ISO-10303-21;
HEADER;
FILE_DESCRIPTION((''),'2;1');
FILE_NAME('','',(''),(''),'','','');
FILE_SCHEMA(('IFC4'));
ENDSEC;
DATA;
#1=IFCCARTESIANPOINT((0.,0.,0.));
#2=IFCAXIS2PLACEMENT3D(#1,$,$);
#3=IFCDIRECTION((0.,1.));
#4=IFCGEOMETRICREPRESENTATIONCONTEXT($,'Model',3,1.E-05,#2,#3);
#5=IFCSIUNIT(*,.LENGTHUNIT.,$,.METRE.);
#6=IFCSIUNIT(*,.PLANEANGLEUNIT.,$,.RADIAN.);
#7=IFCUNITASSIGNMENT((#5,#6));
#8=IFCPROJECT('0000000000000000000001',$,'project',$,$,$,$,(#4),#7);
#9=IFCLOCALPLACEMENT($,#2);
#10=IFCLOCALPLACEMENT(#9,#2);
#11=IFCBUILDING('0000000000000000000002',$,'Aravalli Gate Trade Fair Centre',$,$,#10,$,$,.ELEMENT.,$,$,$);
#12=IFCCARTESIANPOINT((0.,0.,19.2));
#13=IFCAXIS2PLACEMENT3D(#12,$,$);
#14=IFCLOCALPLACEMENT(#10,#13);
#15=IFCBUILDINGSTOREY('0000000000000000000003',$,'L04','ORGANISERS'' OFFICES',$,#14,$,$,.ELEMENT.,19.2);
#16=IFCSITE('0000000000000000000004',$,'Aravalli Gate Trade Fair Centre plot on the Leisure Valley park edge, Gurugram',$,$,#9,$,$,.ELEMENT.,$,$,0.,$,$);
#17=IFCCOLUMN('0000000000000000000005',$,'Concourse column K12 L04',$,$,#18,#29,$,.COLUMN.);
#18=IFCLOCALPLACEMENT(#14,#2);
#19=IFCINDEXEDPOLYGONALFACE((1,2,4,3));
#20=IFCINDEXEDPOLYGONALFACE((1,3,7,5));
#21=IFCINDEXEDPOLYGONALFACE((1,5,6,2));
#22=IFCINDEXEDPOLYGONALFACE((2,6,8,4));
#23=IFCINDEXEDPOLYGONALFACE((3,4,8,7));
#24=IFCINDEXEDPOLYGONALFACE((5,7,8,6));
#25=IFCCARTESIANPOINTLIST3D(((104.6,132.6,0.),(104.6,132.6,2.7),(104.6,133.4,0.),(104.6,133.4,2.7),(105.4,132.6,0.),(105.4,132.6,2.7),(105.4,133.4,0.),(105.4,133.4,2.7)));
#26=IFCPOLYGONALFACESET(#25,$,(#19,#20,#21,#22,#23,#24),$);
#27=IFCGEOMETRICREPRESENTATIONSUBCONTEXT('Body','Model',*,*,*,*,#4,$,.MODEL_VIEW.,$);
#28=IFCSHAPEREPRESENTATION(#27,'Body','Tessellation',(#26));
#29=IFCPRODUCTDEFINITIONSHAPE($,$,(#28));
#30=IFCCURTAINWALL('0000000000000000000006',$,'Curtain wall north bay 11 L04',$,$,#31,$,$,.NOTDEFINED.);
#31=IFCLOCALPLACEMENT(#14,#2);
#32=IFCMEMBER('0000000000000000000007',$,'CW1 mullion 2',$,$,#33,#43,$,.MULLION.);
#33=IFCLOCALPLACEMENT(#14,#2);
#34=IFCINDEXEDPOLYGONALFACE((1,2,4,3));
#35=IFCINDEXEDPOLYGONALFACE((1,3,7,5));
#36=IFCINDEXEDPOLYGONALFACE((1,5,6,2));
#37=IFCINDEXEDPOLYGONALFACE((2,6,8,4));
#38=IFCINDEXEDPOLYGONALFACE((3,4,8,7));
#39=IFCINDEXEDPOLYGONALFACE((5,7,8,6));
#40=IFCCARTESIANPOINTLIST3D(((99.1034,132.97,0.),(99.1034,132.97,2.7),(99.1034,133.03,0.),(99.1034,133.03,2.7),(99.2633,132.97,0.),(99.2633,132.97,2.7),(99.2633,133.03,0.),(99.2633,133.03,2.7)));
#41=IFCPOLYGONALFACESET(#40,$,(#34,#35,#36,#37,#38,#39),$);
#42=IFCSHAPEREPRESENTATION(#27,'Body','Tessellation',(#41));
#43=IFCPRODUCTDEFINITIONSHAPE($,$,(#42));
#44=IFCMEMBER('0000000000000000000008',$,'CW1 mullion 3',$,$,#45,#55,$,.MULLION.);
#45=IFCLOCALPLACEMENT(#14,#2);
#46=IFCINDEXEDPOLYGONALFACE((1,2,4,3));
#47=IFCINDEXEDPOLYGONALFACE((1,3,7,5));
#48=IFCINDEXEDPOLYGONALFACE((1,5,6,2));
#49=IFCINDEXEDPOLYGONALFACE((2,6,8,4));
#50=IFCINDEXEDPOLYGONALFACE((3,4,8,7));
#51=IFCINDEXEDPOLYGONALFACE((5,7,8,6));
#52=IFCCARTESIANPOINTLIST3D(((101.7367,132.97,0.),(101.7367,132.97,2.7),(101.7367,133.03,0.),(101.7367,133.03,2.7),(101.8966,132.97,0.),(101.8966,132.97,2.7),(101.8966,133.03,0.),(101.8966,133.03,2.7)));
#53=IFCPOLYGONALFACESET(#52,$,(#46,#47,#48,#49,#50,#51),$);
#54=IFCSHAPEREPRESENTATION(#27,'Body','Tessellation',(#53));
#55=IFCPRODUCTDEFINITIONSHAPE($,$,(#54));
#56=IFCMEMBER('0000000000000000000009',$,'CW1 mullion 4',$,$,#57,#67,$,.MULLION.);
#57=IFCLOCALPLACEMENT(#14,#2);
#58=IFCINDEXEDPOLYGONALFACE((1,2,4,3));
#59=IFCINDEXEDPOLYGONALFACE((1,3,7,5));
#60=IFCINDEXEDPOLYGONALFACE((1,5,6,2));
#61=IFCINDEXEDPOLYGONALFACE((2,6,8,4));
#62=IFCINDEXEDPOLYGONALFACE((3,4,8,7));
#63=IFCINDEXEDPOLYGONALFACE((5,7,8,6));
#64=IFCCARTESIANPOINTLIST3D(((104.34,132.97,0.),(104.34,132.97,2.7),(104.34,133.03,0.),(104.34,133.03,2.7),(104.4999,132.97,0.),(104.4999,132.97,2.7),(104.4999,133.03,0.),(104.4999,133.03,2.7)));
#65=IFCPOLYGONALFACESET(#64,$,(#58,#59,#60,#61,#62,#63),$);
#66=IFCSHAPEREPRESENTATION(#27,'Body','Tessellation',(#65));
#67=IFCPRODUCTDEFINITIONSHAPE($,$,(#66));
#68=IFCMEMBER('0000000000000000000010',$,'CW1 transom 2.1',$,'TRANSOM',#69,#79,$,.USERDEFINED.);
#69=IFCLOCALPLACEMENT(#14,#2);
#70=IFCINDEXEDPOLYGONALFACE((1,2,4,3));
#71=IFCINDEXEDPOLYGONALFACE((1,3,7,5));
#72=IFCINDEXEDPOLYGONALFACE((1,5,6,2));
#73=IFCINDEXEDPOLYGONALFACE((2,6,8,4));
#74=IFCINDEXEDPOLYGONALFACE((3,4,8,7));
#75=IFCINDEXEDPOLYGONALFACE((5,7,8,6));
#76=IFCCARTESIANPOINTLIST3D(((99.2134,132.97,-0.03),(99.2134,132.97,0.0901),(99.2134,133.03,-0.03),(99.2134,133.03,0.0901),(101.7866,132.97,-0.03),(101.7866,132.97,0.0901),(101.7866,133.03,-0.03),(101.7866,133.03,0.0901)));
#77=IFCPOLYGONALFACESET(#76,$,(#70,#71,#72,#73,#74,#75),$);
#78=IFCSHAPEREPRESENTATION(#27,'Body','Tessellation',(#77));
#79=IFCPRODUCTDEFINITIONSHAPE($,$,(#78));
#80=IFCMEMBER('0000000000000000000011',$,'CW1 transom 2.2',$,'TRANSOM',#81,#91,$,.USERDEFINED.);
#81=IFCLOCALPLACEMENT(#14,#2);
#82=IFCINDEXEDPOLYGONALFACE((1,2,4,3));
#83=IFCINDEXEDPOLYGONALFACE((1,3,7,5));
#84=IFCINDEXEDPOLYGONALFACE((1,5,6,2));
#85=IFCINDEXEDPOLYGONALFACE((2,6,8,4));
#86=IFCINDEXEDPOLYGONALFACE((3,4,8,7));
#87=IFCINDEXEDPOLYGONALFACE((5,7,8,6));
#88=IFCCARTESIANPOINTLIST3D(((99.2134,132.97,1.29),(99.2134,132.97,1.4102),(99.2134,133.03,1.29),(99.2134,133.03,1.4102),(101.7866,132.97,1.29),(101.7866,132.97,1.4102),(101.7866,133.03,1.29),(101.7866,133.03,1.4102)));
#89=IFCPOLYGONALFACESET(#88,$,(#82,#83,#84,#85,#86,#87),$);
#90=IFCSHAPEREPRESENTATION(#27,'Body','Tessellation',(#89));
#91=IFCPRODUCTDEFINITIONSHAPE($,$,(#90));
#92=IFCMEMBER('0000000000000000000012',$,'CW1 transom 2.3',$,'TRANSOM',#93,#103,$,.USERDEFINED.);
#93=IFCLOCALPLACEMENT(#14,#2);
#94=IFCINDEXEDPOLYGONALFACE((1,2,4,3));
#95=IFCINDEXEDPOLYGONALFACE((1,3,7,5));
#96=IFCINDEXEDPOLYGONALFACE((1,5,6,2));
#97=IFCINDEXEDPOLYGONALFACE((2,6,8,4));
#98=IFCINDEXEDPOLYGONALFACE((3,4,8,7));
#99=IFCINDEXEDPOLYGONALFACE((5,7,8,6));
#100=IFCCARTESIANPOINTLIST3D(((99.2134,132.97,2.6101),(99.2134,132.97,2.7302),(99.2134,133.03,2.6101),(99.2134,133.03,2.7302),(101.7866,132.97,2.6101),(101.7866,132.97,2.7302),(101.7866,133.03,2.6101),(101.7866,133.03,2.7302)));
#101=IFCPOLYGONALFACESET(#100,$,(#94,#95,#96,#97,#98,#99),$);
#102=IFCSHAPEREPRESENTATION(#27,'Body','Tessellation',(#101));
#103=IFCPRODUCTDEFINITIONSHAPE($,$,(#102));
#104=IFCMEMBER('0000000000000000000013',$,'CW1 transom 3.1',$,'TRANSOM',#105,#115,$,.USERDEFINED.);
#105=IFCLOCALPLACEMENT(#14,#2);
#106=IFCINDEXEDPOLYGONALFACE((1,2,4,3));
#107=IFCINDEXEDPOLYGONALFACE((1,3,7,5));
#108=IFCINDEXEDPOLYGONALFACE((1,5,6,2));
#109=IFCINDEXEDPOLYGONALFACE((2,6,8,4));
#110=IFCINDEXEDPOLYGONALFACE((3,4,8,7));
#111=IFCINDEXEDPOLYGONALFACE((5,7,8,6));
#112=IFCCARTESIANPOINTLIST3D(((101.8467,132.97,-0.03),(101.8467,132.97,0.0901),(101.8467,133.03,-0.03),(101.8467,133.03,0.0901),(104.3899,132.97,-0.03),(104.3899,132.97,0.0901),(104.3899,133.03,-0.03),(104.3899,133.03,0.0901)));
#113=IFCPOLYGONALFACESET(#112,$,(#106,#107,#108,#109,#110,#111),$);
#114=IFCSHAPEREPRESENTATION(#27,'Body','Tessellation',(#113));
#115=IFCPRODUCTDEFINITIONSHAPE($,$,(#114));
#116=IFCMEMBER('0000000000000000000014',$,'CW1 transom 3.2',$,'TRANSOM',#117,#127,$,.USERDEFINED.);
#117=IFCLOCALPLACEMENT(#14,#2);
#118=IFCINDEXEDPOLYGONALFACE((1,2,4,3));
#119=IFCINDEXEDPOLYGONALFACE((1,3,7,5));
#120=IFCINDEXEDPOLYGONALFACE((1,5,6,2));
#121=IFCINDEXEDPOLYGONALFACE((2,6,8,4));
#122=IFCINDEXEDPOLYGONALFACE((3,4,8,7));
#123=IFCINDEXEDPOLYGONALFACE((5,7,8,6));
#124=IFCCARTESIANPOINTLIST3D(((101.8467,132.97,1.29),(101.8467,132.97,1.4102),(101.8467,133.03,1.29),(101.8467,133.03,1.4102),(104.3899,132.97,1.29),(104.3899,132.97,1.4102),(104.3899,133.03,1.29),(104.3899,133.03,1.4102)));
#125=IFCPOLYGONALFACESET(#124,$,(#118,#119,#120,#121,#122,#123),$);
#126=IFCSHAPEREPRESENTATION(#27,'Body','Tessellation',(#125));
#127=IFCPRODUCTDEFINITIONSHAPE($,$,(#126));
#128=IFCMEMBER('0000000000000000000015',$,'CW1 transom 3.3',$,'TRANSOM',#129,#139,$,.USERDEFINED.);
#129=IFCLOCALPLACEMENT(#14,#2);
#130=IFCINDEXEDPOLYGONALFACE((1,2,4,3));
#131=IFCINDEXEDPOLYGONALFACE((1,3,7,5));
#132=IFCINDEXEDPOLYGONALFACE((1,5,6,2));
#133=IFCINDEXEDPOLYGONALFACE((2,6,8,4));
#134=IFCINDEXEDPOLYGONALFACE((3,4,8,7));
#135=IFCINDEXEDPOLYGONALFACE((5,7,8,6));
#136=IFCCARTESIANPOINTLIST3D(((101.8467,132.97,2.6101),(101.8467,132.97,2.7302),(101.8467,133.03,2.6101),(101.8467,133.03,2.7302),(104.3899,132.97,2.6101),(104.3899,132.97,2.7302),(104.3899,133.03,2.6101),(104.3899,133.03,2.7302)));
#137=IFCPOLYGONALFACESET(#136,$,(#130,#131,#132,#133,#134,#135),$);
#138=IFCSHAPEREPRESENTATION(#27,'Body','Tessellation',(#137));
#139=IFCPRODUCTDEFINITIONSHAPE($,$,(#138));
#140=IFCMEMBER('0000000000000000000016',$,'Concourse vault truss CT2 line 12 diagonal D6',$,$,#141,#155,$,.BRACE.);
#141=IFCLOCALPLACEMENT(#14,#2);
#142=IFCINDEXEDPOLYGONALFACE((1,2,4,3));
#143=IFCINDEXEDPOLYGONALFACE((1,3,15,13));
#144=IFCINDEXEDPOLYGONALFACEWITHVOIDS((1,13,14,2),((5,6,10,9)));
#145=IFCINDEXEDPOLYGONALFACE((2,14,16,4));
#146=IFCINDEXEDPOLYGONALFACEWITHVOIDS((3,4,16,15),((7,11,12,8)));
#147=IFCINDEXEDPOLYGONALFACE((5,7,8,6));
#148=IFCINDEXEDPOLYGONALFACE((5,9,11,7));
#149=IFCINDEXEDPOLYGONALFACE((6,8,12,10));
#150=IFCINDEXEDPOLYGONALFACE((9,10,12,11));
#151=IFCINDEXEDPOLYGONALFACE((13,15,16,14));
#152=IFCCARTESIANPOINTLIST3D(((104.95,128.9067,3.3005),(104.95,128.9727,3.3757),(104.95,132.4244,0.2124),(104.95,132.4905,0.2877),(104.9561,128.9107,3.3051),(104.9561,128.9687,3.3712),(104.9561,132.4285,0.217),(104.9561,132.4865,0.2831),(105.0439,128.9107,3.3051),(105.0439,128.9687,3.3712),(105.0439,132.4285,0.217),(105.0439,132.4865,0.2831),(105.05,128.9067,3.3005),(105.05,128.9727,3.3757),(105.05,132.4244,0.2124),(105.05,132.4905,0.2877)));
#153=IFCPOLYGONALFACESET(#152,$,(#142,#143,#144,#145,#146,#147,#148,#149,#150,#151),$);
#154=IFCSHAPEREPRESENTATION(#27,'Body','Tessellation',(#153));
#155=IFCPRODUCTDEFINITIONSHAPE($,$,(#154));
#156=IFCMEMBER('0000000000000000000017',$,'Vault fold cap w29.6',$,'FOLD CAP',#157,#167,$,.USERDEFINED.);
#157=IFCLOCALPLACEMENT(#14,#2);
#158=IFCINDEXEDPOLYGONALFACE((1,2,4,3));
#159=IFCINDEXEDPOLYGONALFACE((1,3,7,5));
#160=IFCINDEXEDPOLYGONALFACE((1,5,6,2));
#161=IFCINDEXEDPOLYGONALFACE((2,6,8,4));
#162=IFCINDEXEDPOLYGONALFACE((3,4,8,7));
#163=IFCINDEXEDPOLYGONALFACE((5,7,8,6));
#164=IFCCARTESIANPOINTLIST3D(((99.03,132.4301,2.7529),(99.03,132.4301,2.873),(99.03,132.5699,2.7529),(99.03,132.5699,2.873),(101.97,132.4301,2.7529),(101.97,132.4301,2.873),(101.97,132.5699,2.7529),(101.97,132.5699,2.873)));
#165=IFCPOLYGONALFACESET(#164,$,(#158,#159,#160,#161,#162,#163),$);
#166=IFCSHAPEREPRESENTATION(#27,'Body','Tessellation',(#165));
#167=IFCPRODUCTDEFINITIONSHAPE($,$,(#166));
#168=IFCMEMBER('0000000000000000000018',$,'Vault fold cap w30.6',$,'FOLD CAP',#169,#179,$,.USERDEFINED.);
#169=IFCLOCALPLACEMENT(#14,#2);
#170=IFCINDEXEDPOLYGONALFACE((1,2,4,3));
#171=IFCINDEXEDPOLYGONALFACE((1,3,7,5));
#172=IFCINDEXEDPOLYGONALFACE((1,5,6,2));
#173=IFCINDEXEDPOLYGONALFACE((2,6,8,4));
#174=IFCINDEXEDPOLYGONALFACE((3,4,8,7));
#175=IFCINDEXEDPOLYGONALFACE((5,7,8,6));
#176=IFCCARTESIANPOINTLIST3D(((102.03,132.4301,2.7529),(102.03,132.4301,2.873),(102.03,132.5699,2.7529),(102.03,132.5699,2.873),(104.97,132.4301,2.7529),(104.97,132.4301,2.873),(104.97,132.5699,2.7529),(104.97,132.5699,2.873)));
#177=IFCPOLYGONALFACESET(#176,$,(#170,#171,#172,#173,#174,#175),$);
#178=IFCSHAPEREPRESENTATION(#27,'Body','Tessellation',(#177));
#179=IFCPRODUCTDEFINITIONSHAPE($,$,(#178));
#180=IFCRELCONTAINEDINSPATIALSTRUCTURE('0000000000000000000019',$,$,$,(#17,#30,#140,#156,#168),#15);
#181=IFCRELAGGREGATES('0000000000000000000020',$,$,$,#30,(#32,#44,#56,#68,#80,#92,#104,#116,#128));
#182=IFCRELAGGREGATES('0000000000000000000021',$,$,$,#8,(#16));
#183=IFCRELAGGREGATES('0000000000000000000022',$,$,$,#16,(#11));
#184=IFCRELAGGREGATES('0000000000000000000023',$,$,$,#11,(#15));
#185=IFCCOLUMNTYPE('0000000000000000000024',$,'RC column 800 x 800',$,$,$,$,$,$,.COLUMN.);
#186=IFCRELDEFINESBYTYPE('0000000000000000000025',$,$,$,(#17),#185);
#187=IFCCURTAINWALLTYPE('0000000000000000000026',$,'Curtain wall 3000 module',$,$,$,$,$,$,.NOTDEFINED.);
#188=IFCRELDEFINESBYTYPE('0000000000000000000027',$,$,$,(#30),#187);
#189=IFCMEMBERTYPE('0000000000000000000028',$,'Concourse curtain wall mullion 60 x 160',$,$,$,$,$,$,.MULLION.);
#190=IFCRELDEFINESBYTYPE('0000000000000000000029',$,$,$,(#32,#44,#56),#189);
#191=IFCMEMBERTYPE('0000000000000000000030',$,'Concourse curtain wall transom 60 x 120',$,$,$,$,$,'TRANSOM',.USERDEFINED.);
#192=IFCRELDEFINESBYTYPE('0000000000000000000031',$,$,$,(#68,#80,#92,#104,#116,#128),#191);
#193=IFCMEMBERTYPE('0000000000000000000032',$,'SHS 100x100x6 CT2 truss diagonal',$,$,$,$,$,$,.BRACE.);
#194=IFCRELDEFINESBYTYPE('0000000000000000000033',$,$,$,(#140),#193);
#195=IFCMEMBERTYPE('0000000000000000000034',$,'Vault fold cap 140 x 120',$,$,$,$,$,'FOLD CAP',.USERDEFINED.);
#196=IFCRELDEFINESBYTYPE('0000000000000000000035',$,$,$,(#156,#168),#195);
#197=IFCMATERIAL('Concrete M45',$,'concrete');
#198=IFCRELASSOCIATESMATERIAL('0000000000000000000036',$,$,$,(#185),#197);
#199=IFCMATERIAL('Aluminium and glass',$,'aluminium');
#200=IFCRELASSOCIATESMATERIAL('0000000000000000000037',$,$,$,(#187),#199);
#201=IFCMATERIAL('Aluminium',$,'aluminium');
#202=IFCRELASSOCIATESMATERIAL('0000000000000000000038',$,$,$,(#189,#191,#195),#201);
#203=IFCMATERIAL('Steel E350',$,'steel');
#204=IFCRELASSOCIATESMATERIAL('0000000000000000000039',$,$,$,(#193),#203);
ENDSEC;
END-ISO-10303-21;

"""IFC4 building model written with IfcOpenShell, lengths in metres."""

from ifc_helpers import new_model, si_unit, direction, frame, origin, origin_2d, place, context, subcontext, project, spatial, rectangle, hollow_rectangle, extrude, material, material_profile, profile_set, type_object, element, aggregate, save


model = new_model("IFC4")

# Units and contexts
model_context = context("Model", 3, precision=1e-05, world=origin(), true_north=direction((0.0, 1.0)))
body_context = subcontext(model_context, "Body", "Model", "MODEL_VIEW")
ifc_project = project(units=[si_unit("LENGTHUNIT", "METRE"), si_unit("PLANEANGLEUNIT", "RADIAN")], contexts=[model_context])

# Site, building, storey
site_placement = place(None, origin())
site = spatial("IfcSite", under=ifc_project, at=site_placement, Name="Aravalli Gate Trade Fair Centre plot on the Leisure Valley park edge, Gurugram", CompositionType="ELEMENT", RefElevation=0.0)
building_placement = place(site_placement, origin())
building = spatial("IfcBuilding", under=site, at=building_placement, Name="Aravalli Gate Trade Fair Centre", CompositionType="ELEMENT")
storey_placement = place(building_placement, frame((0.0, 0.0, 19.2)))
storey = spatial("IfcBuildingStorey", under=building, at=storey_placement, Name="L04", Description="ORGANISERS' OFFICES", CompositionType="ELEMENT", Elevation=19.2)

# Column
ifc_material_1 = material(Name="Concrete M45", Category="concrete")
ifc_material_profile_1 = material_profile(ifc_material_1, rectangle(XDim=0.8, YDim=0.8, at=origin_2d()), Name="RC column 800 x 800")
ifc_profile_set_1 = profile_set([ifc_material_profile_1], Name="Concrete M45")
column_type = type_object("IfcColumnType", Name="RC column 800 x 800", PredefinedType="COLUMN", material=ifc_profile_set_1)
column_placement = place(storey_placement, frame((105.0, 133.0, 0.0), z_axis=(0.0, 0.0, 1.0), x_axis=(1.0, 0.0, 0.0)))
element("IfcColumn", 1, at=column_placement, inside=storey, type_object=column_type, Name="Concourse column K12 L04", PredefinedType="COLUMN", context=body_context, shape_type="SweptSolid", body=[
    extrude(rectangle(XDim=0.8, YDim=0.8, at=origin_2d()), origin(), (0.0, 0.0, 1.0), 2.7),
])

# Curtain wall, members
ifc_material_2 = material(Name="Aluminium and glass", Category="aluminium")
curtain_wall_type_1 = type_object("IfcCurtainWallType", Name="Curtain wall 3000 module", PredefinedType="NOTDEFINED", material=ifc_material_2)
curtain_wall_1_placement = place(storey_placement, origin())
curtain_wall_1 = element("IfcCurtainWall", 2, at=curtain_wall_1_placement, inside=storey, type_object=curtain_wall_type_1, Name="Curtain wall north bay 11 L04", PredefinedType="NOTDEFINED")
ifc_material_3 = material(Name="Aluminium", Category="aluminium")
ifc_material_profile_2 = material_profile(ifc_material_3, rectangle(XDim=0.0601, YDim=0.1599, at=origin_2d()), Name="Concourse curtain wall mullion 60 x 160")
ifc_profile_set_2 = profile_set([ifc_material_profile_2], Name="Aluminium")
member_type_1 = type_object("IfcMemberType", Name="Concourse curtain wall mullion 60 x 160", PredefinedType="MULLION", material=ifc_profile_set_2)
member_1_placement = place(storey_placement, frame((99.1833, 133.0, 0.0), z_axis=(0.0, 0.0, 1.0), x_axis=(0.0, 1.0, 0.0)))
member_1 = element("IfcMember", 3, at=member_1_placement, type_object=member_type_1, Name="CW1 mullion 2", PredefinedType="MULLION", context=body_context, shape_type="SweptSolid", body=[
    extrude(rectangle(XDim=0.0601, YDim=0.1599, at=origin_2d()), origin(), (0.0, 0.0, 1.0), 2.7),
])
member_2_placement = place(storey_placement, frame((101.8167, 133.0, 0.0), z_axis=(0.0, 0.0, 1.0), x_axis=(0.0, 1.0, 0.0)))
member_2 = element("IfcMember", 4, at=member_2_placement, type_object=member_type_1, Name="CW1 mullion 3", PredefinedType="MULLION", context=body_context, shape_type="SweptSolid", body=[
    extrude(rectangle(XDim=0.0601, YDim=0.1599, at=origin_2d()), origin(), (0.0, 0.0, 1.0), 2.7),
])
member_3_placement = place(storey_placement, frame((104.4199, 133.0, 0.0), z_axis=(0.0, 0.0, 1.0), x_axis=(0.0, 1.0, 0.0)))
member_3 = element("IfcMember", 5, at=member_3_placement, type_object=member_type_1, Name="CW1 mullion 4", PredefinedType="MULLION", context=body_context, shape_type="SweptSolid", body=[
    extrude(rectangle(XDim=0.0601, YDim=0.1599, at=origin_2d()), origin(), (0.0, 0.0, 1.0), 2.7),
])
ifc_material_profile_3 = material_profile(ifc_material_3, rectangle(XDim=0.0601, YDim=0.1201, at=origin_2d()), Name="Concourse curtain wall transom 60 x 120")
ifc_profile_set_3 = profile_set([ifc_material_profile_3], Name="Aluminium")
member_type_2 = type_object("IfcMemberType", Name="Concourse curtain wall transom 60 x 120", ElementType="TRANSOM", PredefinedType="USERDEFINED", material=ifc_profile_set_3)
member_4_placement = place(storey_placement, frame((99.2134, 133.0, 0.03), z_axis=(1.0, 0.0, 0.0), x_axis=(0.0, 1.0, 0.0)))
member_4 = element("IfcMember", 6, at=member_4_placement, type_object=member_type_2, Name="CW1 transom 2.1", ObjectType="TRANSOM", PredefinedType="USERDEFINED", context=body_context, shape_type="SweptSolid", body=[
    extrude(rectangle(XDim=0.0601, YDim=0.1201, at=origin_2d()), origin(), (0.0, 0.0, 1.0), 2.5732),
])
member_5_placement = place(storey_placement, frame((99.2134, 133.0, 1.3501), z_axis=(1.0, 0.0, 0.0), x_axis=(0.0, 1.0, 0.0)))
member_5 = element("IfcMember", 7, at=member_5_placement, type_object=member_type_2, Name="CW1 transom 2.2", ObjectType="TRANSOM", PredefinedType="USERDEFINED", context=body_context, shape_type="SweptSolid", body=[
    extrude(rectangle(XDim=0.0601, YDim=0.1201, at=origin_2d()), origin(), (0.0, 0.0, 1.0), 2.5732),
])
member_6_placement = place(storey_placement, frame((99.2134, 133.0, 2.6702), z_axis=(1.0, 0.0, 0.0), x_axis=(0.0, 1.0, 0.0)))
member_6 = element("IfcMember", 8, at=member_6_placement, type_object=member_type_2, Name="CW1 transom 2.3", ObjectType="TRANSOM", PredefinedType="USERDEFINED", context=body_context, shape_type="SweptSolid", body=[
    extrude(rectangle(XDim=0.0601, YDim=0.1201, at=origin_2d()), origin(), (0.0, 0.0, 1.0), 2.5732),
])
member_7_placement = place(storey_placement, frame((101.8467, 133.0, 0.03), z_axis=(1.0, 0.0, 0.0), x_axis=(0.0, 1.0, 0.0)))
member_7 = element("IfcMember", 9, at=member_7_placement, type_object=member_type_2, Name="CW1 transom 3.1", ObjectType="TRANSOM", PredefinedType="USERDEFINED", context=body_context, shape_type="SweptSolid", body=[
    extrude(rectangle(XDim=0.0601, YDim=0.1201, at=origin_2d()), origin(), (0.0, 0.0, 1.0), 2.5432),
])
member_8_placement = place(storey_placement, frame((101.8467, 133.0, 1.3501), z_axis=(1.0, 0.0, 0.0), x_axis=(0.0, 1.0, 0.0)))
member_8 = element("IfcMember", 10, at=member_8_placement, type_object=member_type_2, Name="CW1 transom 3.2", ObjectType="TRANSOM", PredefinedType="USERDEFINED", context=body_context, shape_type="SweptSolid", body=[
    extrude(rectangle(XDim=0.0601, YDim=0.1201, at=origin_2d()), origin(), (0.0, 0.0, 1.0), 2.5432),
])
member_9_placement = place(storey_placement, frame((101.8467, 133.0, 2.6702), z_axis=(1.0, 0.0, 0.0), x_axis=(0.0, 1.0, 0.0)))
member_9 = element("IfcMember", 11, at=member_9_placement, type_object=member_type_2, Name="CW1 transom 3.3", ObjectType="TRANSOM", PredefinedType="USERDEFINED", context=body_context, shape_type="SweptSolid", body=[
    extrude(rectangle(XDim=0.0601, YDim=0.1201, at=origin_2d()), origin(), (0.0, 0.0, 1.0), 2.5432),
])

# Members
ifc_material_4 = material(Name="Steel E350", Category="steel")
ifc_material_profile_4 = material_profile(ifc_material_4, hollow_rectangle(XDim=0.1001, YDim=0.1001, WallThickness=0.0061, at=origin_2d()), Name="SHS 100x100x6")
ifc_profile_set_4 = profile_set([ifc_material_profile_4], Name="Steel E350")
member_type_3 = type_object("IfcMemberType", Name="SHS 100x100x6 CT2 truss diagonal", PredefinedType="BRACE", material=ifc_profile_set_4)
member_10_placement = place(storey_placement, frame((105.0, 128.9397, 3.3381), z_axis=(0.0, 0.751513, -0.659719), x_axis=(-1.0, 0.0, 0.0)))
element("IfcMember", 12, at=member_10_placement, inside=storey, type_object=member_type_3, Name="Concourse vault truss CT2 line 12 diagonal D6", PredefinedType="BRACE", context=body_context, shape_type="SweptSolid", body=[
    extrude(hollow_rectangle(XDim=0.1001, YDim=0.1001, WallThickness=0.0061, at=origin_2d()), origin(), (0.0, 0.0, 1.0), 4.6809),
])
ifc_material_profile_5 = material_profile(ifc_material_3, rectangle(XDim=0.1399, YDim=0.1201, at=origin_2d()), Name="Vault fold cap 140 x 120")
ifc_profile_set_5 = profile_set([ifc_material_profile_5], Name="Aluminium")
member_type_4 = type_object("IfcMemberType", Name="Vault fold cap 140 x 120", ElementType="FOLD CAP", PredefinedType="USERDEFINED", material=ifc_profile_set_5)
for number, where, z_axis, x_axis, name in (
    (13, (99.03, 132.5, 2.813), (1.0, 0.0, 0.0), (0.0, 1.0, 0.0), "Vault fold cap w29.6"),
    (14, (102.03, 132.5, 2.813), (1.0, 0.0, 0.0), (0.0, 1.0, 0.0), "Vault fold cap w30.6"),
):
    element("IfcMember", number, at=place(storey_placement, frame(where, z_axis=z_axis, x_axis=x_axis)), inside=storey, type_object=member_type_4, Name=name, ObjectType="FOLD CAP", PredefinedType="USERDEFINED", context=body_context, shape_type="SweptSolid", body=[
        extrude(rectangle(XDim=0.1399, YDim=0.1201, at=origin_2d()), origin(), (0.0, 0.0, 1.0), 2.9399),
    ])

aggregate(curtain_wall_1, [member_1, member_2, member_3, member_4, member_5, member_6, member_7, member_8, member_9])

save(model, "model.ifc")
